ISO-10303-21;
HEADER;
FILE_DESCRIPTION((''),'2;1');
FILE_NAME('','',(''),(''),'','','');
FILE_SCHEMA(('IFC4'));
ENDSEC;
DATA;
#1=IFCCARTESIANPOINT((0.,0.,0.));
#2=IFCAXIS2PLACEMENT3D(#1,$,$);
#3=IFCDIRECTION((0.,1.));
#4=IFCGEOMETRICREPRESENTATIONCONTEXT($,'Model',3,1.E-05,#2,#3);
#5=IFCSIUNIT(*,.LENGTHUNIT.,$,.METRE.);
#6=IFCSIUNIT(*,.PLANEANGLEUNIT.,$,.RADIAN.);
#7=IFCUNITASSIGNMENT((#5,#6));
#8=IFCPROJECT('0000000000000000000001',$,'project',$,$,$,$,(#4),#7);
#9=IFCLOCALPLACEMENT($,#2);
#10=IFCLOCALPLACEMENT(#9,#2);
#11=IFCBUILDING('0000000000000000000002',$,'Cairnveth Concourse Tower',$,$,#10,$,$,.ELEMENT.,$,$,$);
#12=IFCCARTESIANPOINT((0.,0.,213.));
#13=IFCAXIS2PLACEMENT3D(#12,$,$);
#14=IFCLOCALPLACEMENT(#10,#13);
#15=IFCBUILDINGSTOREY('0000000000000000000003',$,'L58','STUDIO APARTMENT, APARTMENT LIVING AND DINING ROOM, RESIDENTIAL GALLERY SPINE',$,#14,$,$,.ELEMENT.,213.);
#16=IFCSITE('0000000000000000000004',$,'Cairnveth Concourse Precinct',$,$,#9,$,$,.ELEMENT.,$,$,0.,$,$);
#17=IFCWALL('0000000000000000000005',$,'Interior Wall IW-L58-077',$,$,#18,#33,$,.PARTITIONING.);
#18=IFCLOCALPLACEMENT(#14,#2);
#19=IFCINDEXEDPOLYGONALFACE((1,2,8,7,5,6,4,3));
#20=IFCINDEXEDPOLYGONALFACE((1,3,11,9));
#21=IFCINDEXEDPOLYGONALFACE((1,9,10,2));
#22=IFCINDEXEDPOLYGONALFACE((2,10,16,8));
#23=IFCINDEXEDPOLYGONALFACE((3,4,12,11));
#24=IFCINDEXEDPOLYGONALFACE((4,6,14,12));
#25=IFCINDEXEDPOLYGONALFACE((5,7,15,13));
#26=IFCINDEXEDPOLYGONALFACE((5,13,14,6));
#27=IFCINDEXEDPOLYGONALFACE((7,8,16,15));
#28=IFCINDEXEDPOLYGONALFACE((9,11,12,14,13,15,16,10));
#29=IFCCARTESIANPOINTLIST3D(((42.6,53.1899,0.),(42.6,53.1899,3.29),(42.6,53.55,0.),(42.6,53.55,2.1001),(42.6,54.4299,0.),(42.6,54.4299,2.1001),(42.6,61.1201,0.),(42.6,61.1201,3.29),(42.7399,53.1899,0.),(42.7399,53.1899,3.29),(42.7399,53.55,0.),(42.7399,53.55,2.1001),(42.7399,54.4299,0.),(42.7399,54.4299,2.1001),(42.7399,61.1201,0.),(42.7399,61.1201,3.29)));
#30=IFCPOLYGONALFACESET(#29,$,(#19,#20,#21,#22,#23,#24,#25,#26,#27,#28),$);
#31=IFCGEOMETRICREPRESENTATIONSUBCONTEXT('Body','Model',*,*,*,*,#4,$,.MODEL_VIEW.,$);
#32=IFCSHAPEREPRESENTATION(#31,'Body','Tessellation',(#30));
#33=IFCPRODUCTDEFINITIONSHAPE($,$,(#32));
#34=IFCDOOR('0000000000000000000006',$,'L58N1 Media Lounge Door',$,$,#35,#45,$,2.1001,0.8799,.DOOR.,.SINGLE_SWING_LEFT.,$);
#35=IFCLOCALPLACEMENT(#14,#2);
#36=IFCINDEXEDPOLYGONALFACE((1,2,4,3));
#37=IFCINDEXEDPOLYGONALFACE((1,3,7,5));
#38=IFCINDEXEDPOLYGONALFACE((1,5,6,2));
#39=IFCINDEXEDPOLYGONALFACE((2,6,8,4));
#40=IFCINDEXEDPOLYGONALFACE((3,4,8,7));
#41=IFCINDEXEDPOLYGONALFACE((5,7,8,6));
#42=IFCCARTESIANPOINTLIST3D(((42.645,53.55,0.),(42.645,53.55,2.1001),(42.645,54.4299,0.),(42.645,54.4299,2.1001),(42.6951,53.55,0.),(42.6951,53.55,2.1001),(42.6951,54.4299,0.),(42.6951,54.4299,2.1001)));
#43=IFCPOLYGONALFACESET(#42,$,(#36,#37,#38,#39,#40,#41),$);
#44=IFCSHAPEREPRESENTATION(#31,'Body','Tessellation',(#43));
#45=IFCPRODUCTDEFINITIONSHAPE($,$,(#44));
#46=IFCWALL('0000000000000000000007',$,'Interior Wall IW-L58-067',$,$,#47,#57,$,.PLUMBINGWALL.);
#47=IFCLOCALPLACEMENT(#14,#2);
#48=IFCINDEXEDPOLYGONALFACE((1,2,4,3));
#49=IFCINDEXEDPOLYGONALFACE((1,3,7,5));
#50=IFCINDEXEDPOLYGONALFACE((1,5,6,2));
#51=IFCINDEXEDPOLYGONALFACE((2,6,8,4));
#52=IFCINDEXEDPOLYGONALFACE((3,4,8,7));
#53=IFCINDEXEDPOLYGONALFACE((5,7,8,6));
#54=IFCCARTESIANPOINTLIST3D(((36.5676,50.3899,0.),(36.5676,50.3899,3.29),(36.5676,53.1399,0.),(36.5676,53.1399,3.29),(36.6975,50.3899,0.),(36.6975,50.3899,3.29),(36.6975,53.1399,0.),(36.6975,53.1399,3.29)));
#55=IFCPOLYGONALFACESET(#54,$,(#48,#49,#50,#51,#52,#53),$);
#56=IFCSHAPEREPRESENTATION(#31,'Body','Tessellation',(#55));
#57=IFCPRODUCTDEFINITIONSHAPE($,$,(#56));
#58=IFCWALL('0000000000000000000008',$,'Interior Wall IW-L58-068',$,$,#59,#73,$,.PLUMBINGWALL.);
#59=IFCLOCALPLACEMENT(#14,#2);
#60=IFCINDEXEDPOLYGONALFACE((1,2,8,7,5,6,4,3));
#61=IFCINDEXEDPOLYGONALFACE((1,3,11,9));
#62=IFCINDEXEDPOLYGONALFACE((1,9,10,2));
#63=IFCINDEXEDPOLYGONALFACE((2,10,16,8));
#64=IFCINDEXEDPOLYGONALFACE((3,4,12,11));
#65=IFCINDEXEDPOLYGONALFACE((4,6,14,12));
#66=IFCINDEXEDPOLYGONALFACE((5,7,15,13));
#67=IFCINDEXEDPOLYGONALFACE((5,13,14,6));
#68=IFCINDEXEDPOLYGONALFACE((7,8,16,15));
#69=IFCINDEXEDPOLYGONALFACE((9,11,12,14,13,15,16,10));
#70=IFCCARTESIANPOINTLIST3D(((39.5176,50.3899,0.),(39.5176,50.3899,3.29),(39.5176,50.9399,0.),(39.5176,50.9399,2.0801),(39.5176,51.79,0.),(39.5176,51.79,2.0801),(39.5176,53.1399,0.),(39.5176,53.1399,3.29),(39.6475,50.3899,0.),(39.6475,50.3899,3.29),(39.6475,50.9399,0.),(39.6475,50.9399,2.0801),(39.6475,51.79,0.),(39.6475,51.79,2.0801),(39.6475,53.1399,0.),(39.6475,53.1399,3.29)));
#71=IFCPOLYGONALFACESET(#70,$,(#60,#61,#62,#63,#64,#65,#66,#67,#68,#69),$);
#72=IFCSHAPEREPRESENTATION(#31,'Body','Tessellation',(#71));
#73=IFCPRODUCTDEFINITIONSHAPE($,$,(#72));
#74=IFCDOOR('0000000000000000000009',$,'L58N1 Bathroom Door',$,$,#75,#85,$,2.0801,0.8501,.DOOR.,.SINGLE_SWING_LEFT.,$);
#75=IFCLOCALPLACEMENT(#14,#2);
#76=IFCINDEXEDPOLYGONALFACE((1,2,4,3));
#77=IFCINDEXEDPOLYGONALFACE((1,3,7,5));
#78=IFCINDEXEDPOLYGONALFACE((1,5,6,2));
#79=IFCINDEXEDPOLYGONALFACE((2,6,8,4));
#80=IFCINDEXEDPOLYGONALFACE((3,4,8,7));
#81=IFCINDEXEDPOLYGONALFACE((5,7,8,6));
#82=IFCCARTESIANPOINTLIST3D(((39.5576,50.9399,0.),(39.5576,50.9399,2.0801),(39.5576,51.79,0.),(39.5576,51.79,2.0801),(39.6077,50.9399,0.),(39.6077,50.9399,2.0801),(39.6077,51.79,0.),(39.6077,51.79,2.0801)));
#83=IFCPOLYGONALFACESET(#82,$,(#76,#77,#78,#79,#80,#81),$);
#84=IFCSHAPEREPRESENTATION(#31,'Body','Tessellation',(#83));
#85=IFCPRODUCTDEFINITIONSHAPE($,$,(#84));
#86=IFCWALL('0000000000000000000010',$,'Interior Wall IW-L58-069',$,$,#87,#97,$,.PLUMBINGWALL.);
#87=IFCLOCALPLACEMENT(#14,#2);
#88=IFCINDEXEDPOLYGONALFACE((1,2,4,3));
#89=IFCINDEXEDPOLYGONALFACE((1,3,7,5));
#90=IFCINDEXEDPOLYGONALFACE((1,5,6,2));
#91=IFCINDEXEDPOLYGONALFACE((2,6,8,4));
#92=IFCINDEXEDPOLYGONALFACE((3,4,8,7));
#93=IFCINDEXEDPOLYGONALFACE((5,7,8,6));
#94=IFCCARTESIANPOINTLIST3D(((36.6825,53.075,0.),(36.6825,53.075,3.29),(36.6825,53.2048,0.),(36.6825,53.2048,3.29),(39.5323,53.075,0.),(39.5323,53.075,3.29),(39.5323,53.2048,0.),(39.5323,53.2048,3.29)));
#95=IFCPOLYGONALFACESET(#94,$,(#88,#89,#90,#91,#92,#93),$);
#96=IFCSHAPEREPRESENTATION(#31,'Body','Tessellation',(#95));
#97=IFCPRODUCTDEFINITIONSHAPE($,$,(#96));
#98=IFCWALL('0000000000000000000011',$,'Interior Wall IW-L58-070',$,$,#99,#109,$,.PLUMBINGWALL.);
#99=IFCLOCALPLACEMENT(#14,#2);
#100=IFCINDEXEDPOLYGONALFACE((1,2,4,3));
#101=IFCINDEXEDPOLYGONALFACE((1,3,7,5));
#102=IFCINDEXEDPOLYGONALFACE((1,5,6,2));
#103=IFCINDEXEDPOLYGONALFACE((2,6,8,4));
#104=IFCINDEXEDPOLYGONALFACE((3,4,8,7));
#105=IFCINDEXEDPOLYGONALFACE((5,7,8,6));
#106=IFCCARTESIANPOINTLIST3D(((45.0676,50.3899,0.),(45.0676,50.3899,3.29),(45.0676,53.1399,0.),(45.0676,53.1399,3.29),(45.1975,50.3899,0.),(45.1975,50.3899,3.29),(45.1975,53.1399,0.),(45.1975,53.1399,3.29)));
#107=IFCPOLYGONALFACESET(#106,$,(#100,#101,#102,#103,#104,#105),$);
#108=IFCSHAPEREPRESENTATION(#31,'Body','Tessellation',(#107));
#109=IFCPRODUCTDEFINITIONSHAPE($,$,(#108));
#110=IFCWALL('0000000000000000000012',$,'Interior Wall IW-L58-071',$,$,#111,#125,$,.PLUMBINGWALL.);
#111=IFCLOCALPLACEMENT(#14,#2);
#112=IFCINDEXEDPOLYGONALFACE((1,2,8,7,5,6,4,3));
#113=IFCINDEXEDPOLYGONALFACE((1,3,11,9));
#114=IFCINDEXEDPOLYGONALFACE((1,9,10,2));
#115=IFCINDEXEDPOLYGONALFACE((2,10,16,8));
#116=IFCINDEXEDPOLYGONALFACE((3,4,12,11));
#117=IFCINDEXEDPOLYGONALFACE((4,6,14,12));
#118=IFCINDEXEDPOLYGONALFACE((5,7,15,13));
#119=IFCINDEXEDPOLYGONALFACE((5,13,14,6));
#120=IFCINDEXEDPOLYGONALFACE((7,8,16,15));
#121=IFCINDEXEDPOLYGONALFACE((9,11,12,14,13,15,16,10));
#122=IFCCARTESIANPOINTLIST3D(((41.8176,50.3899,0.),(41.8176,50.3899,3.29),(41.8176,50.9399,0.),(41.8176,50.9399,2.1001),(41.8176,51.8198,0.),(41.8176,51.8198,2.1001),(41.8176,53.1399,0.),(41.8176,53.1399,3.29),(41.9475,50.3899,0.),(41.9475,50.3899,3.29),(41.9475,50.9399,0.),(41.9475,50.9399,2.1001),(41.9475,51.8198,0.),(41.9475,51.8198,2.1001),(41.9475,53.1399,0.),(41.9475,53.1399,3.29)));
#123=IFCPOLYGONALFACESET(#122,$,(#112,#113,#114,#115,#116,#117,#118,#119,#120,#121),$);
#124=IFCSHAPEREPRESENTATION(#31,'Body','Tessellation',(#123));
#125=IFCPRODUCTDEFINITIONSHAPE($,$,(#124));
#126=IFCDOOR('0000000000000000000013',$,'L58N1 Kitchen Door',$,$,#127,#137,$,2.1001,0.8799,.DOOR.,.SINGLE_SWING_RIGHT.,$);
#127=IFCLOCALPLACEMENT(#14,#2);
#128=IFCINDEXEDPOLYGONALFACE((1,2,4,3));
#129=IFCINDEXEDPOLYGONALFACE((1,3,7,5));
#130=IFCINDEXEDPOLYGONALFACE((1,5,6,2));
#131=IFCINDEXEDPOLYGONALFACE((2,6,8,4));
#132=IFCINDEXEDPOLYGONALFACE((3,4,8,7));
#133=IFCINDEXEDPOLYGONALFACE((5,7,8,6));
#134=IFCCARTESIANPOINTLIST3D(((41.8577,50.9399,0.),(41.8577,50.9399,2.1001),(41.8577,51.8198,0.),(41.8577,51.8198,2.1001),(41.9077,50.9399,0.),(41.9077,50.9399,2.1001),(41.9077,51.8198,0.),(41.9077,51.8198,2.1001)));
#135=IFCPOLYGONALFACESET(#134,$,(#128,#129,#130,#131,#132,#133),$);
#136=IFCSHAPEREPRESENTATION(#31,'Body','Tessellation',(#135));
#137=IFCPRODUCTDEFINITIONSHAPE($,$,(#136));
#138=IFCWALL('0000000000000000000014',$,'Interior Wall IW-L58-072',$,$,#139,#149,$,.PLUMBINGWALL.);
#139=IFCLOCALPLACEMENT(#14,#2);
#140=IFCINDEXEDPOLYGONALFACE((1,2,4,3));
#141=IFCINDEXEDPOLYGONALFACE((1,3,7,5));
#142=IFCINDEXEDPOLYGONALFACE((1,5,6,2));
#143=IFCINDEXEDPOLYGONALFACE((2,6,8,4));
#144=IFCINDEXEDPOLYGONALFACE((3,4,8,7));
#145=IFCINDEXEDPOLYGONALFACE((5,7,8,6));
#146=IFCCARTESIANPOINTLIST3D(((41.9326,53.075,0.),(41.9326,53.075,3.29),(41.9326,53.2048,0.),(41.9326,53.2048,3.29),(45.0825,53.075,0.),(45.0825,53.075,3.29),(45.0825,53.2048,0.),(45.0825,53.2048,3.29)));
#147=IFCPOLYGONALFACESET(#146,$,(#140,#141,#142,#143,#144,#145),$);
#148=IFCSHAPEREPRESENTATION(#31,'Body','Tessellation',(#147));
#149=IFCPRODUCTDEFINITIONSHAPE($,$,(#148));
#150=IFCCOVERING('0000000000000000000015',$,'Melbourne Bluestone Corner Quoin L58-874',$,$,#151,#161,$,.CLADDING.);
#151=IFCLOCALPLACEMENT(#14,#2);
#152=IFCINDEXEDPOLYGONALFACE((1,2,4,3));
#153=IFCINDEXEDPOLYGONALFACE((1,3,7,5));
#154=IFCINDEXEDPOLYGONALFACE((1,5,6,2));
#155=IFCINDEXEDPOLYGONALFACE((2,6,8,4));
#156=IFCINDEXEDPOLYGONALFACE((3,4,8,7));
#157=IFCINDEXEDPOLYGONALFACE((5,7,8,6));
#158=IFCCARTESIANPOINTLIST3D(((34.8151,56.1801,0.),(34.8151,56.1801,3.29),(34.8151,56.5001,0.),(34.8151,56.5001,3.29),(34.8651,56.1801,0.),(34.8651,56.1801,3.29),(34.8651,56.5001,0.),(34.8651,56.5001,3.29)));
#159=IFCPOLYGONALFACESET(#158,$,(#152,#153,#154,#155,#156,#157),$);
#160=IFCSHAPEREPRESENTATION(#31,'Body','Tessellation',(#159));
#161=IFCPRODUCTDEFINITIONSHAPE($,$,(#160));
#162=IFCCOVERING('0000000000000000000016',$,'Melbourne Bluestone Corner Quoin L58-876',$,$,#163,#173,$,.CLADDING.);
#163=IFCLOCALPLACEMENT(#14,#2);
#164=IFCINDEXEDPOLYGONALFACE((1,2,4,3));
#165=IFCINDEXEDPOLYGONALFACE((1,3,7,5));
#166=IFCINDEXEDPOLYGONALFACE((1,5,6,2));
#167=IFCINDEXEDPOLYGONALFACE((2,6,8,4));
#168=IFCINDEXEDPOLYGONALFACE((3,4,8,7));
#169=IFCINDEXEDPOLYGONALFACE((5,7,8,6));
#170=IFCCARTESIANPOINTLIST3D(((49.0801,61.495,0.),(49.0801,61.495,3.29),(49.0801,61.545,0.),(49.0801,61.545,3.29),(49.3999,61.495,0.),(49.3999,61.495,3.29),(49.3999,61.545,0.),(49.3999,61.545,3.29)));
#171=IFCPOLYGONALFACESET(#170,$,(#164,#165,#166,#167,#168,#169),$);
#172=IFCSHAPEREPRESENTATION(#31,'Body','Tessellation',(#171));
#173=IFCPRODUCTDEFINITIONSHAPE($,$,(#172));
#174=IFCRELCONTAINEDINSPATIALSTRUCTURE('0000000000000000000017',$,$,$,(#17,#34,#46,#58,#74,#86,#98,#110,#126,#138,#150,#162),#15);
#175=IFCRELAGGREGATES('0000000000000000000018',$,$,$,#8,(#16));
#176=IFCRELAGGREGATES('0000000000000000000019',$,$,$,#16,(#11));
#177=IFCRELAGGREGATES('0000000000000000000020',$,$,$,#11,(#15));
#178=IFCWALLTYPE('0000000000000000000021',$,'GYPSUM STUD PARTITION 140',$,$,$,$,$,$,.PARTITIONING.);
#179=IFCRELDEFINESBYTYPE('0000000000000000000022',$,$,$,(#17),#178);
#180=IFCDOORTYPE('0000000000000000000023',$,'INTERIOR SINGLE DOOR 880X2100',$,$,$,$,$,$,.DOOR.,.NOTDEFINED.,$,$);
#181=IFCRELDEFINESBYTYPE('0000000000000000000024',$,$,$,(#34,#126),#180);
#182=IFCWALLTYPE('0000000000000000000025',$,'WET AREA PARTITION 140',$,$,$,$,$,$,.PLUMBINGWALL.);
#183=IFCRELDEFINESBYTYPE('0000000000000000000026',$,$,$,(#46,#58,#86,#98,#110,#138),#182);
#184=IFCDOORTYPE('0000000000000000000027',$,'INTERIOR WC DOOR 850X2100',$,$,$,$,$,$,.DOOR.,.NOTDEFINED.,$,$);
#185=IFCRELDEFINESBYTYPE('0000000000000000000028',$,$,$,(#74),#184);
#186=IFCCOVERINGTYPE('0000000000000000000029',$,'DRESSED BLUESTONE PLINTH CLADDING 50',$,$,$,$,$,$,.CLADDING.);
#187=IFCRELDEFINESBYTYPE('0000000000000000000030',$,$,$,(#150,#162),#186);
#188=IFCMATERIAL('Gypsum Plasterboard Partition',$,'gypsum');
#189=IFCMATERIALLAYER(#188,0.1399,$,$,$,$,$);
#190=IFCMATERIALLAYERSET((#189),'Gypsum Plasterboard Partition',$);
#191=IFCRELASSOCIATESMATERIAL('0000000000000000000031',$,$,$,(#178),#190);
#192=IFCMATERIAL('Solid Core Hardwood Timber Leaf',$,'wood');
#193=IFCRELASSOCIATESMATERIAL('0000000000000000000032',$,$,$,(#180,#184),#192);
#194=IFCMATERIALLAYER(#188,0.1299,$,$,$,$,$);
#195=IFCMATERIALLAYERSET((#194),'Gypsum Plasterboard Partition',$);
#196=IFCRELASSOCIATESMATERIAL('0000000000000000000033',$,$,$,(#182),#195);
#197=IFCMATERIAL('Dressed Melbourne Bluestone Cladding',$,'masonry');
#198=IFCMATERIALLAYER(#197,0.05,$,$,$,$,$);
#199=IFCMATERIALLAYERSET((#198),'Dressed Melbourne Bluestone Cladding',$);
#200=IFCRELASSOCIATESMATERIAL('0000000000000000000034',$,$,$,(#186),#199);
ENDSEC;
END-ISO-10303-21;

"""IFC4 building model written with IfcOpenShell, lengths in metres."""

from ifc_helpers import new_model, si_unit, direction, frame, frame_2d, origin, place, context, subcontext, project, spatial, rectangle, extrude, material, layer, layer_set, type_object, element, fill, save


model = new_model("IFC4")

# Units and contexts
model_context = context("Model", 3, precision=1e-05, world=origin(), true_north=direction((0.0, 1.0)))
body_context = subcontext(model_context, "Body", "Model", "MODEL_VIEW")
ifc_project = project(units=[si_unit("LENGTHUNIT", "METRE"), si_unit("PLANEANGLEUNIT", "RADIAN")], contexts=[model_context])

# Site, building, storey
site_placement = place(None, origin())
site = spatial("IfcSite", under=ifc_project, at=site_placement, Name="Cairnveth Concourse Precinct", CompositionType="ELEMENT", RefElevation=0.0)
building_placement = place(site_placement, origin())
building = spatial("IfcBuilding", under=site, at=building_placement, Name="Cairnveth Concourse Tower", CompositionType="ELEMENT")
storey_placement = place(building_placement, frame((0.0, 0.0, 213.0)))
storey = spatial("IfcBuildingStorey", under=building, at=storey_placement, Name="L58", Description="STUDIO APARTMENT, APARTMENT LIVING AND DINING ROOM, RESIDENTIAL GALLERY SPINE", CompositionType="ELEMENT", Elevation=213.0)

# Wall, opening, door
ifc_material_1 = material(Name="Gypsum Plasterboard Partition", Category="gypsum")
ifc_layer_1 = layer(ifc_material_1, 0.1399)
ifc_layer_set_1 = layer_set([ifc_layer_1], Name="Gypsum Plasterboard Partition")
wall_type_1 = type_object("IfcWallType", Name="GYPSUM STUD PARTITION 140", PredefinedType="PARTITIONING", material=ifc_layer_set_1)
ifc_material_2 = material(Name="Solid Core Hardwood Timber Leaf", Category="wood")
door_type_1 = type_object("IfcDoorType", Name="INTERIOR SINGLE DOOR 880X2100", OperationType="NOTDEFINED", PredefinedType="DOOR", material=ifc_material_2)
wall_1_placement = place(storey_placement, frame((42.6699, 53.1899, 0.0), z_axis=(0.0, 0.0, 1.0), x_axis=(0.0, 1.0, 0.0)))
wall_1 = element("IfcWall", 1, at=wall_1_placement, inside=storey, type_object=wall_type_1, Name="Interior Wall IW-L58-077", PredefinedType="PARTITIONING", context=body_context, shape_type="SweptSolid", body=[
    extrude(rectangle(XDim=7.9302, YDim=0.1399, at=frame_2d((3.9651, 0.0))), origin(), (0.0, 0.0, 1.0), 3.29),
])
opening_1_placement = place(wall_1_placement, frame((0.3601, 0.0, 0.0)))
opening_1 = element("IfcOpeningElement", 2, at=opening_1_placement, cuts=wall_1, PredefinedType="OPENING", context=body_context, shape_type="SweptSolid", body=[
    extrude(rectangle(XDim=0.8799, YDim=2.1001, at=frame_2d((0.4399, 1.05))), frame((0.0, 0.0798, 0.0), z_axis=(0.0, -1.0, 0.0), x_axis=(1.0, 0.0, 0.0)), (0.0, 0.0, 1.0), 0.1599),
])
door_1_placement = place(opening_1_placement, origin())
door_1 = element("IfcDoor", 3, at=door_1_placement, inside=storey, type_object=door_type_1, Name="L58N1 Media Lounge Door", OperationType="SINGLE_SWING_LEFT", OverallHeight=2.1001, OverallWidth=0.8799, PredefinedType="DOOR", context=body_context, shape_type="SweptSolid", body=[
    extrude(rectangle(XDim=0.8799, YDim=2.1001, at=frame_2d((0.4399, 1.05))), frame((0.0, 0.0249, 0.0), z_axis=(0.0, -1.0, 0.0), x_axis=(1.0, 0.0, 0.0)), (0.0, 0.0, 1.0), 0.05),
])
fill(opening_1, door_1)

# Wall
ifc_layer_2 = layer(ifc_material_1, 0.1299)
ifc_layer_set_2 = layer_set([ifc_layer_2], Name="Gypsum Plasterboard Partition")
wall_type_2 = type_object("IfcWallType", Name="WET AREA PARTITION 140", PredefinedType="PLUMBINGWALL", material=ifc_layer_set_2)
wall_2_placement = place(storey_placement, frame((36.6326, 50.3899, 0.0), z_axis=(0.0, 0.0, 1.0), x_axis=(0.0, 1.0, 0.0)))
element("IfcWall", 4, at=wall_2_placement, inside=storey, type_object=wall_type_2, Name="Interior Wall IW-L58-067", PredefinedType="PLUMBINGWALL", context=body_context, shape_type="SweptSolid", body=[
    extrude(rectangle(XDim=2.75, YDim=0.1299, at=frame_2d((1.375, 0.0))), origin(), (0.0, 0.0, 1.0), 3.29),
])

# Wall, opening, door
wall_3_placement = place(storey_placement, frame((39.5825, 50.3899, 0.0), z_axis=(0.0, 0.0, 1.0), x_axis=(0.0, 1.0, 0.0)))
wall_3 = element("IfcWall", 5, at=wall_3_placement, inside=storey, type_object=wall_type_2, Name="Interior Wall IW-L58-068", PredefinedType="PLUMBINGWALL", context=body_context, shape_type="SweptSolid", body=[
    extrude(rectangle(XDim=2.75, YDim=0.1299, at=frame_2d((1.375, 0.0))), origin(), (0.0, 0.0, 1.0), 3.29),
])
opening_2_placement = place(wall_3_placement, frame((0.55, 0.0, 0.0)))
opening_2 = element("IfcOpeningElement", 6, at=opening_2_placement, cuts=wall_3, PredefinedType="OPENING", context=body_context, shape_type="SweptSolid", body=[
    extrude(rectangle(XDim=0.8501, YDim=2.0801, at=frame_2d((0.425, 1.04))), frame((0.0, 0.075, 0.0), z_axis=(0.0, -1.0, 0.0), x_axis=(1.0, 0.0, 0.0)), (0.0, 0.0, 1.0), 0.1499),
])
door_type_2 = type_object("IfcDoorType", Name="INTERIOR WC DOOR 850X2100", OperationType="NOTDEFINED", PredefinedType="DOOR", material=ifc_material_2)
door_2_placement = place(opening_2_placement, origin())
door_2 = element("IfcDoor", 7, at=door_2_placement, inside=storey, type_object=door_type_2, Name="L58N1 Bathroom Door", OperationType="SINGLE_SWING_LEFT", OverallHeight=2.0801, OverallWidth=0.8501, PredefinedType="DOOR", context=body_context, shape_type="SweptSolid", body=[
    extrude(rectangle(XDim=0.8501, YDim=2.0801, at=frame_2d((0.425, 1.04))), frame((0.0, 0.0249, 0.0), z_axis=(0.0, -1.0, 0.0), x_axis=(1.0, 0.0, 0.0)), (0.0, 0.0, 1.0), 0.05),
])
fill(opening_2, door_2)

# Walls
wall_4_placement = place(storey_placement, frame((36.6826, 53.1399, 0.0), z_axis=(0.0, 0.0, 1.0), x_axis=(1.0, 0.0, 0.0)))
element("IfcWall", 8, at=wall_4_placement, inside=storey, type_object=wall_type_2, Name="Interior Wall IW-L58-069", PredefinedType="PLUMBINGWALL", context=body_context, shape_type="SweptSolid", body=[
    extrude(rectangle(XDim=2.8499, YDim=0.1299, at=frame_2d((1.4248, 0.0))), origin(), (0.0, 0.0, 1.0), 3.29),
])
wall_5_placement = place(storey_placement, frame((45.1326, 50.3899, 0.0), z_axis=(0.0, 0.0, 1.0), x_axis=(0.0, 1.0, 0.0)))
element("IfcWall", 9, at=wall_5_placement, inside=storey, type_object=wall_type_2, Name="Interior Wall IW-L58-070", PredefinedType="PLUMBINGWALL", context=body_context, shape_type="SweptSolid", body=[
    extrude(rectangle(XDim=2.75, YDim=0.1299, at=frame_2d((1.375, 0.0))), origin(), (0.0, 0.0, 1.0), 3.29),
])

# Wall, opening, door
wall_6_placement = place(storey_placement, frame((41.8826, 50.3899, 0.0), z_axis=(0.0, 0.0, 1.0), x_axis=(0.0, 1.0, 0.0)))
wall_6 = element("IfcWall", 10, at=wall_6_placement, inside=storey, type_object=wall_type_2, Name="Interior Wall IW-L58-071", PredefinedType="PLUMBINGWALL", context=body_context, shape_type="SweptSolid", body=[
    extrude(rectangle(XDim=2.75, YDim=0.1299, at=frame_2d((1.375, 0.0))), origin(), (0.0, 0.0, 1.0), 3.29),
])
opening_3_placement = place(wall_6_placement, frame((0.55, 0.0, 0.0)))
opening_3 = element("IfcOpeningElement", 11, at=opening_3_placement, cuts=wall_6, PredefinedType="OPENING", context=body_context, shape_type="SweptSolid", body=[
    extrude(rectangle(XDim=0.8799, YDim=2.1001, at=frame_2d((0.4399, 1.05))), frame((0.0, 0.075, 0.0), z_axis=(0.0, -1.0, 0.0), x_axis=(1.0, 0.0, 0.0)), (0.0, 0.0, 1.0), 0.1499),
])
door_3_placement = place(opening_3_placement, origin())
door_3 = element("IfcDoor", 12, at=door_3_placement, inside=storey, type_object=door_type_1, Name="L58N1 Kitchen Door", OperationType="SINGLE_SWING_RIGHT", OverallHeight=2.1001, OverallWidth=0.8799, PredefinedType="DOOR", context=body_context, shape_type="SweptSolid", body=[
    extrude(rectangle(XDim=0.8799, YDim=2.1001, at=frame_2d((0.4399, 1.05))), frame((0.0, 0.0249, 0.0), z_axis=(0.0, -1.0, 0.0), x_axis=(1.0, 0.0, 0.0)), (0.0, 0.0, 1.0), 0.05),
])
fill(opening_3, door_3)

# Wall
wall_7_placement = place(storey_placement, frame((41.9326, 53.1399, 0.0), z_axis=(0.0, 0.0, 1.0), x_axis=(1.0, 0.0, 0.0)))
element("IfcWall", 13, at=wall_7_placement, inside=storey, type_object=wall_type_2, Name="Interior Wall IW-L58-072", PredefinedType="PLUMBINGWALL", context=body_context, shape_type="SweptSolid", body=[
    extrude(rectangle(XDim=3.1499, YDim=0.1299, at=frame_2d((1.575, 0.0))), origin(), (0.0, 0.0, 1.0), 3.29),
])

# Coverings
ifc_material_3 = material(Name="Dressed Melbourne Bluestone Cladding", Category="masonry")
ifc_layer_3 = layer(ifc_material_3, 0.05)
ifc_layer_set_3 = layer_set([ifc_layer_3], Name="Dressed Melbourne Bluestone Cladding")
covering_type = type_object("IfcCoveringType", Name="DRESSED BLUESTONE PLINTH CLADDING 50", PredefinedType="CLADDING", material=ifc_layer_set_3)
covering_placement = place(storey_placement, frame((34.8401, 56.1799, 0.0), z_axis=(0.0, 0.0, 1.0), x_axis=(0.0, 1.0, 0.0)))
element("IfcCovering", 14, at=covering_placement, inside=storey, type_object=covering_type, Name="Melbourne Bluestone Corner Quoin L58-874", PredefinedType="CLADDING", context=body_context, shape_type="SweptSolid", body=[
    extrude(rectangle(XDim=0.3201, YDim=0.05, at=frame_2d((0.1602, 0.0))), origin(), (0.0, 0.0, 1.0), 3.29),
])
for number, where, z_axis, x_axis, name in (
    (15, (49.0801, 61.52, 0.0), (0.0, 0.0, 1.0), (1.0, 0.0, 0.0), "Melbourne Bluestone Corner Quoin L58-876"),
):
    element("IfcCovering", number, at=place(storey_placement, frame(where, z_axis=z_axis, x_axis=x_axis)), inside=storey, type_object=covering_type, Name=name, PredefinedType="CLADDING", context=body_context, shape_type="SweptSolid", body=[
        extrude(rectangle(XDim=0.3198, YDim=0.05, at=frame_2d((0.1599, 0.0))), origin(), (0.0, 0.0, 1.0), 3.29),
    ])

save(model, "model.ifc")
